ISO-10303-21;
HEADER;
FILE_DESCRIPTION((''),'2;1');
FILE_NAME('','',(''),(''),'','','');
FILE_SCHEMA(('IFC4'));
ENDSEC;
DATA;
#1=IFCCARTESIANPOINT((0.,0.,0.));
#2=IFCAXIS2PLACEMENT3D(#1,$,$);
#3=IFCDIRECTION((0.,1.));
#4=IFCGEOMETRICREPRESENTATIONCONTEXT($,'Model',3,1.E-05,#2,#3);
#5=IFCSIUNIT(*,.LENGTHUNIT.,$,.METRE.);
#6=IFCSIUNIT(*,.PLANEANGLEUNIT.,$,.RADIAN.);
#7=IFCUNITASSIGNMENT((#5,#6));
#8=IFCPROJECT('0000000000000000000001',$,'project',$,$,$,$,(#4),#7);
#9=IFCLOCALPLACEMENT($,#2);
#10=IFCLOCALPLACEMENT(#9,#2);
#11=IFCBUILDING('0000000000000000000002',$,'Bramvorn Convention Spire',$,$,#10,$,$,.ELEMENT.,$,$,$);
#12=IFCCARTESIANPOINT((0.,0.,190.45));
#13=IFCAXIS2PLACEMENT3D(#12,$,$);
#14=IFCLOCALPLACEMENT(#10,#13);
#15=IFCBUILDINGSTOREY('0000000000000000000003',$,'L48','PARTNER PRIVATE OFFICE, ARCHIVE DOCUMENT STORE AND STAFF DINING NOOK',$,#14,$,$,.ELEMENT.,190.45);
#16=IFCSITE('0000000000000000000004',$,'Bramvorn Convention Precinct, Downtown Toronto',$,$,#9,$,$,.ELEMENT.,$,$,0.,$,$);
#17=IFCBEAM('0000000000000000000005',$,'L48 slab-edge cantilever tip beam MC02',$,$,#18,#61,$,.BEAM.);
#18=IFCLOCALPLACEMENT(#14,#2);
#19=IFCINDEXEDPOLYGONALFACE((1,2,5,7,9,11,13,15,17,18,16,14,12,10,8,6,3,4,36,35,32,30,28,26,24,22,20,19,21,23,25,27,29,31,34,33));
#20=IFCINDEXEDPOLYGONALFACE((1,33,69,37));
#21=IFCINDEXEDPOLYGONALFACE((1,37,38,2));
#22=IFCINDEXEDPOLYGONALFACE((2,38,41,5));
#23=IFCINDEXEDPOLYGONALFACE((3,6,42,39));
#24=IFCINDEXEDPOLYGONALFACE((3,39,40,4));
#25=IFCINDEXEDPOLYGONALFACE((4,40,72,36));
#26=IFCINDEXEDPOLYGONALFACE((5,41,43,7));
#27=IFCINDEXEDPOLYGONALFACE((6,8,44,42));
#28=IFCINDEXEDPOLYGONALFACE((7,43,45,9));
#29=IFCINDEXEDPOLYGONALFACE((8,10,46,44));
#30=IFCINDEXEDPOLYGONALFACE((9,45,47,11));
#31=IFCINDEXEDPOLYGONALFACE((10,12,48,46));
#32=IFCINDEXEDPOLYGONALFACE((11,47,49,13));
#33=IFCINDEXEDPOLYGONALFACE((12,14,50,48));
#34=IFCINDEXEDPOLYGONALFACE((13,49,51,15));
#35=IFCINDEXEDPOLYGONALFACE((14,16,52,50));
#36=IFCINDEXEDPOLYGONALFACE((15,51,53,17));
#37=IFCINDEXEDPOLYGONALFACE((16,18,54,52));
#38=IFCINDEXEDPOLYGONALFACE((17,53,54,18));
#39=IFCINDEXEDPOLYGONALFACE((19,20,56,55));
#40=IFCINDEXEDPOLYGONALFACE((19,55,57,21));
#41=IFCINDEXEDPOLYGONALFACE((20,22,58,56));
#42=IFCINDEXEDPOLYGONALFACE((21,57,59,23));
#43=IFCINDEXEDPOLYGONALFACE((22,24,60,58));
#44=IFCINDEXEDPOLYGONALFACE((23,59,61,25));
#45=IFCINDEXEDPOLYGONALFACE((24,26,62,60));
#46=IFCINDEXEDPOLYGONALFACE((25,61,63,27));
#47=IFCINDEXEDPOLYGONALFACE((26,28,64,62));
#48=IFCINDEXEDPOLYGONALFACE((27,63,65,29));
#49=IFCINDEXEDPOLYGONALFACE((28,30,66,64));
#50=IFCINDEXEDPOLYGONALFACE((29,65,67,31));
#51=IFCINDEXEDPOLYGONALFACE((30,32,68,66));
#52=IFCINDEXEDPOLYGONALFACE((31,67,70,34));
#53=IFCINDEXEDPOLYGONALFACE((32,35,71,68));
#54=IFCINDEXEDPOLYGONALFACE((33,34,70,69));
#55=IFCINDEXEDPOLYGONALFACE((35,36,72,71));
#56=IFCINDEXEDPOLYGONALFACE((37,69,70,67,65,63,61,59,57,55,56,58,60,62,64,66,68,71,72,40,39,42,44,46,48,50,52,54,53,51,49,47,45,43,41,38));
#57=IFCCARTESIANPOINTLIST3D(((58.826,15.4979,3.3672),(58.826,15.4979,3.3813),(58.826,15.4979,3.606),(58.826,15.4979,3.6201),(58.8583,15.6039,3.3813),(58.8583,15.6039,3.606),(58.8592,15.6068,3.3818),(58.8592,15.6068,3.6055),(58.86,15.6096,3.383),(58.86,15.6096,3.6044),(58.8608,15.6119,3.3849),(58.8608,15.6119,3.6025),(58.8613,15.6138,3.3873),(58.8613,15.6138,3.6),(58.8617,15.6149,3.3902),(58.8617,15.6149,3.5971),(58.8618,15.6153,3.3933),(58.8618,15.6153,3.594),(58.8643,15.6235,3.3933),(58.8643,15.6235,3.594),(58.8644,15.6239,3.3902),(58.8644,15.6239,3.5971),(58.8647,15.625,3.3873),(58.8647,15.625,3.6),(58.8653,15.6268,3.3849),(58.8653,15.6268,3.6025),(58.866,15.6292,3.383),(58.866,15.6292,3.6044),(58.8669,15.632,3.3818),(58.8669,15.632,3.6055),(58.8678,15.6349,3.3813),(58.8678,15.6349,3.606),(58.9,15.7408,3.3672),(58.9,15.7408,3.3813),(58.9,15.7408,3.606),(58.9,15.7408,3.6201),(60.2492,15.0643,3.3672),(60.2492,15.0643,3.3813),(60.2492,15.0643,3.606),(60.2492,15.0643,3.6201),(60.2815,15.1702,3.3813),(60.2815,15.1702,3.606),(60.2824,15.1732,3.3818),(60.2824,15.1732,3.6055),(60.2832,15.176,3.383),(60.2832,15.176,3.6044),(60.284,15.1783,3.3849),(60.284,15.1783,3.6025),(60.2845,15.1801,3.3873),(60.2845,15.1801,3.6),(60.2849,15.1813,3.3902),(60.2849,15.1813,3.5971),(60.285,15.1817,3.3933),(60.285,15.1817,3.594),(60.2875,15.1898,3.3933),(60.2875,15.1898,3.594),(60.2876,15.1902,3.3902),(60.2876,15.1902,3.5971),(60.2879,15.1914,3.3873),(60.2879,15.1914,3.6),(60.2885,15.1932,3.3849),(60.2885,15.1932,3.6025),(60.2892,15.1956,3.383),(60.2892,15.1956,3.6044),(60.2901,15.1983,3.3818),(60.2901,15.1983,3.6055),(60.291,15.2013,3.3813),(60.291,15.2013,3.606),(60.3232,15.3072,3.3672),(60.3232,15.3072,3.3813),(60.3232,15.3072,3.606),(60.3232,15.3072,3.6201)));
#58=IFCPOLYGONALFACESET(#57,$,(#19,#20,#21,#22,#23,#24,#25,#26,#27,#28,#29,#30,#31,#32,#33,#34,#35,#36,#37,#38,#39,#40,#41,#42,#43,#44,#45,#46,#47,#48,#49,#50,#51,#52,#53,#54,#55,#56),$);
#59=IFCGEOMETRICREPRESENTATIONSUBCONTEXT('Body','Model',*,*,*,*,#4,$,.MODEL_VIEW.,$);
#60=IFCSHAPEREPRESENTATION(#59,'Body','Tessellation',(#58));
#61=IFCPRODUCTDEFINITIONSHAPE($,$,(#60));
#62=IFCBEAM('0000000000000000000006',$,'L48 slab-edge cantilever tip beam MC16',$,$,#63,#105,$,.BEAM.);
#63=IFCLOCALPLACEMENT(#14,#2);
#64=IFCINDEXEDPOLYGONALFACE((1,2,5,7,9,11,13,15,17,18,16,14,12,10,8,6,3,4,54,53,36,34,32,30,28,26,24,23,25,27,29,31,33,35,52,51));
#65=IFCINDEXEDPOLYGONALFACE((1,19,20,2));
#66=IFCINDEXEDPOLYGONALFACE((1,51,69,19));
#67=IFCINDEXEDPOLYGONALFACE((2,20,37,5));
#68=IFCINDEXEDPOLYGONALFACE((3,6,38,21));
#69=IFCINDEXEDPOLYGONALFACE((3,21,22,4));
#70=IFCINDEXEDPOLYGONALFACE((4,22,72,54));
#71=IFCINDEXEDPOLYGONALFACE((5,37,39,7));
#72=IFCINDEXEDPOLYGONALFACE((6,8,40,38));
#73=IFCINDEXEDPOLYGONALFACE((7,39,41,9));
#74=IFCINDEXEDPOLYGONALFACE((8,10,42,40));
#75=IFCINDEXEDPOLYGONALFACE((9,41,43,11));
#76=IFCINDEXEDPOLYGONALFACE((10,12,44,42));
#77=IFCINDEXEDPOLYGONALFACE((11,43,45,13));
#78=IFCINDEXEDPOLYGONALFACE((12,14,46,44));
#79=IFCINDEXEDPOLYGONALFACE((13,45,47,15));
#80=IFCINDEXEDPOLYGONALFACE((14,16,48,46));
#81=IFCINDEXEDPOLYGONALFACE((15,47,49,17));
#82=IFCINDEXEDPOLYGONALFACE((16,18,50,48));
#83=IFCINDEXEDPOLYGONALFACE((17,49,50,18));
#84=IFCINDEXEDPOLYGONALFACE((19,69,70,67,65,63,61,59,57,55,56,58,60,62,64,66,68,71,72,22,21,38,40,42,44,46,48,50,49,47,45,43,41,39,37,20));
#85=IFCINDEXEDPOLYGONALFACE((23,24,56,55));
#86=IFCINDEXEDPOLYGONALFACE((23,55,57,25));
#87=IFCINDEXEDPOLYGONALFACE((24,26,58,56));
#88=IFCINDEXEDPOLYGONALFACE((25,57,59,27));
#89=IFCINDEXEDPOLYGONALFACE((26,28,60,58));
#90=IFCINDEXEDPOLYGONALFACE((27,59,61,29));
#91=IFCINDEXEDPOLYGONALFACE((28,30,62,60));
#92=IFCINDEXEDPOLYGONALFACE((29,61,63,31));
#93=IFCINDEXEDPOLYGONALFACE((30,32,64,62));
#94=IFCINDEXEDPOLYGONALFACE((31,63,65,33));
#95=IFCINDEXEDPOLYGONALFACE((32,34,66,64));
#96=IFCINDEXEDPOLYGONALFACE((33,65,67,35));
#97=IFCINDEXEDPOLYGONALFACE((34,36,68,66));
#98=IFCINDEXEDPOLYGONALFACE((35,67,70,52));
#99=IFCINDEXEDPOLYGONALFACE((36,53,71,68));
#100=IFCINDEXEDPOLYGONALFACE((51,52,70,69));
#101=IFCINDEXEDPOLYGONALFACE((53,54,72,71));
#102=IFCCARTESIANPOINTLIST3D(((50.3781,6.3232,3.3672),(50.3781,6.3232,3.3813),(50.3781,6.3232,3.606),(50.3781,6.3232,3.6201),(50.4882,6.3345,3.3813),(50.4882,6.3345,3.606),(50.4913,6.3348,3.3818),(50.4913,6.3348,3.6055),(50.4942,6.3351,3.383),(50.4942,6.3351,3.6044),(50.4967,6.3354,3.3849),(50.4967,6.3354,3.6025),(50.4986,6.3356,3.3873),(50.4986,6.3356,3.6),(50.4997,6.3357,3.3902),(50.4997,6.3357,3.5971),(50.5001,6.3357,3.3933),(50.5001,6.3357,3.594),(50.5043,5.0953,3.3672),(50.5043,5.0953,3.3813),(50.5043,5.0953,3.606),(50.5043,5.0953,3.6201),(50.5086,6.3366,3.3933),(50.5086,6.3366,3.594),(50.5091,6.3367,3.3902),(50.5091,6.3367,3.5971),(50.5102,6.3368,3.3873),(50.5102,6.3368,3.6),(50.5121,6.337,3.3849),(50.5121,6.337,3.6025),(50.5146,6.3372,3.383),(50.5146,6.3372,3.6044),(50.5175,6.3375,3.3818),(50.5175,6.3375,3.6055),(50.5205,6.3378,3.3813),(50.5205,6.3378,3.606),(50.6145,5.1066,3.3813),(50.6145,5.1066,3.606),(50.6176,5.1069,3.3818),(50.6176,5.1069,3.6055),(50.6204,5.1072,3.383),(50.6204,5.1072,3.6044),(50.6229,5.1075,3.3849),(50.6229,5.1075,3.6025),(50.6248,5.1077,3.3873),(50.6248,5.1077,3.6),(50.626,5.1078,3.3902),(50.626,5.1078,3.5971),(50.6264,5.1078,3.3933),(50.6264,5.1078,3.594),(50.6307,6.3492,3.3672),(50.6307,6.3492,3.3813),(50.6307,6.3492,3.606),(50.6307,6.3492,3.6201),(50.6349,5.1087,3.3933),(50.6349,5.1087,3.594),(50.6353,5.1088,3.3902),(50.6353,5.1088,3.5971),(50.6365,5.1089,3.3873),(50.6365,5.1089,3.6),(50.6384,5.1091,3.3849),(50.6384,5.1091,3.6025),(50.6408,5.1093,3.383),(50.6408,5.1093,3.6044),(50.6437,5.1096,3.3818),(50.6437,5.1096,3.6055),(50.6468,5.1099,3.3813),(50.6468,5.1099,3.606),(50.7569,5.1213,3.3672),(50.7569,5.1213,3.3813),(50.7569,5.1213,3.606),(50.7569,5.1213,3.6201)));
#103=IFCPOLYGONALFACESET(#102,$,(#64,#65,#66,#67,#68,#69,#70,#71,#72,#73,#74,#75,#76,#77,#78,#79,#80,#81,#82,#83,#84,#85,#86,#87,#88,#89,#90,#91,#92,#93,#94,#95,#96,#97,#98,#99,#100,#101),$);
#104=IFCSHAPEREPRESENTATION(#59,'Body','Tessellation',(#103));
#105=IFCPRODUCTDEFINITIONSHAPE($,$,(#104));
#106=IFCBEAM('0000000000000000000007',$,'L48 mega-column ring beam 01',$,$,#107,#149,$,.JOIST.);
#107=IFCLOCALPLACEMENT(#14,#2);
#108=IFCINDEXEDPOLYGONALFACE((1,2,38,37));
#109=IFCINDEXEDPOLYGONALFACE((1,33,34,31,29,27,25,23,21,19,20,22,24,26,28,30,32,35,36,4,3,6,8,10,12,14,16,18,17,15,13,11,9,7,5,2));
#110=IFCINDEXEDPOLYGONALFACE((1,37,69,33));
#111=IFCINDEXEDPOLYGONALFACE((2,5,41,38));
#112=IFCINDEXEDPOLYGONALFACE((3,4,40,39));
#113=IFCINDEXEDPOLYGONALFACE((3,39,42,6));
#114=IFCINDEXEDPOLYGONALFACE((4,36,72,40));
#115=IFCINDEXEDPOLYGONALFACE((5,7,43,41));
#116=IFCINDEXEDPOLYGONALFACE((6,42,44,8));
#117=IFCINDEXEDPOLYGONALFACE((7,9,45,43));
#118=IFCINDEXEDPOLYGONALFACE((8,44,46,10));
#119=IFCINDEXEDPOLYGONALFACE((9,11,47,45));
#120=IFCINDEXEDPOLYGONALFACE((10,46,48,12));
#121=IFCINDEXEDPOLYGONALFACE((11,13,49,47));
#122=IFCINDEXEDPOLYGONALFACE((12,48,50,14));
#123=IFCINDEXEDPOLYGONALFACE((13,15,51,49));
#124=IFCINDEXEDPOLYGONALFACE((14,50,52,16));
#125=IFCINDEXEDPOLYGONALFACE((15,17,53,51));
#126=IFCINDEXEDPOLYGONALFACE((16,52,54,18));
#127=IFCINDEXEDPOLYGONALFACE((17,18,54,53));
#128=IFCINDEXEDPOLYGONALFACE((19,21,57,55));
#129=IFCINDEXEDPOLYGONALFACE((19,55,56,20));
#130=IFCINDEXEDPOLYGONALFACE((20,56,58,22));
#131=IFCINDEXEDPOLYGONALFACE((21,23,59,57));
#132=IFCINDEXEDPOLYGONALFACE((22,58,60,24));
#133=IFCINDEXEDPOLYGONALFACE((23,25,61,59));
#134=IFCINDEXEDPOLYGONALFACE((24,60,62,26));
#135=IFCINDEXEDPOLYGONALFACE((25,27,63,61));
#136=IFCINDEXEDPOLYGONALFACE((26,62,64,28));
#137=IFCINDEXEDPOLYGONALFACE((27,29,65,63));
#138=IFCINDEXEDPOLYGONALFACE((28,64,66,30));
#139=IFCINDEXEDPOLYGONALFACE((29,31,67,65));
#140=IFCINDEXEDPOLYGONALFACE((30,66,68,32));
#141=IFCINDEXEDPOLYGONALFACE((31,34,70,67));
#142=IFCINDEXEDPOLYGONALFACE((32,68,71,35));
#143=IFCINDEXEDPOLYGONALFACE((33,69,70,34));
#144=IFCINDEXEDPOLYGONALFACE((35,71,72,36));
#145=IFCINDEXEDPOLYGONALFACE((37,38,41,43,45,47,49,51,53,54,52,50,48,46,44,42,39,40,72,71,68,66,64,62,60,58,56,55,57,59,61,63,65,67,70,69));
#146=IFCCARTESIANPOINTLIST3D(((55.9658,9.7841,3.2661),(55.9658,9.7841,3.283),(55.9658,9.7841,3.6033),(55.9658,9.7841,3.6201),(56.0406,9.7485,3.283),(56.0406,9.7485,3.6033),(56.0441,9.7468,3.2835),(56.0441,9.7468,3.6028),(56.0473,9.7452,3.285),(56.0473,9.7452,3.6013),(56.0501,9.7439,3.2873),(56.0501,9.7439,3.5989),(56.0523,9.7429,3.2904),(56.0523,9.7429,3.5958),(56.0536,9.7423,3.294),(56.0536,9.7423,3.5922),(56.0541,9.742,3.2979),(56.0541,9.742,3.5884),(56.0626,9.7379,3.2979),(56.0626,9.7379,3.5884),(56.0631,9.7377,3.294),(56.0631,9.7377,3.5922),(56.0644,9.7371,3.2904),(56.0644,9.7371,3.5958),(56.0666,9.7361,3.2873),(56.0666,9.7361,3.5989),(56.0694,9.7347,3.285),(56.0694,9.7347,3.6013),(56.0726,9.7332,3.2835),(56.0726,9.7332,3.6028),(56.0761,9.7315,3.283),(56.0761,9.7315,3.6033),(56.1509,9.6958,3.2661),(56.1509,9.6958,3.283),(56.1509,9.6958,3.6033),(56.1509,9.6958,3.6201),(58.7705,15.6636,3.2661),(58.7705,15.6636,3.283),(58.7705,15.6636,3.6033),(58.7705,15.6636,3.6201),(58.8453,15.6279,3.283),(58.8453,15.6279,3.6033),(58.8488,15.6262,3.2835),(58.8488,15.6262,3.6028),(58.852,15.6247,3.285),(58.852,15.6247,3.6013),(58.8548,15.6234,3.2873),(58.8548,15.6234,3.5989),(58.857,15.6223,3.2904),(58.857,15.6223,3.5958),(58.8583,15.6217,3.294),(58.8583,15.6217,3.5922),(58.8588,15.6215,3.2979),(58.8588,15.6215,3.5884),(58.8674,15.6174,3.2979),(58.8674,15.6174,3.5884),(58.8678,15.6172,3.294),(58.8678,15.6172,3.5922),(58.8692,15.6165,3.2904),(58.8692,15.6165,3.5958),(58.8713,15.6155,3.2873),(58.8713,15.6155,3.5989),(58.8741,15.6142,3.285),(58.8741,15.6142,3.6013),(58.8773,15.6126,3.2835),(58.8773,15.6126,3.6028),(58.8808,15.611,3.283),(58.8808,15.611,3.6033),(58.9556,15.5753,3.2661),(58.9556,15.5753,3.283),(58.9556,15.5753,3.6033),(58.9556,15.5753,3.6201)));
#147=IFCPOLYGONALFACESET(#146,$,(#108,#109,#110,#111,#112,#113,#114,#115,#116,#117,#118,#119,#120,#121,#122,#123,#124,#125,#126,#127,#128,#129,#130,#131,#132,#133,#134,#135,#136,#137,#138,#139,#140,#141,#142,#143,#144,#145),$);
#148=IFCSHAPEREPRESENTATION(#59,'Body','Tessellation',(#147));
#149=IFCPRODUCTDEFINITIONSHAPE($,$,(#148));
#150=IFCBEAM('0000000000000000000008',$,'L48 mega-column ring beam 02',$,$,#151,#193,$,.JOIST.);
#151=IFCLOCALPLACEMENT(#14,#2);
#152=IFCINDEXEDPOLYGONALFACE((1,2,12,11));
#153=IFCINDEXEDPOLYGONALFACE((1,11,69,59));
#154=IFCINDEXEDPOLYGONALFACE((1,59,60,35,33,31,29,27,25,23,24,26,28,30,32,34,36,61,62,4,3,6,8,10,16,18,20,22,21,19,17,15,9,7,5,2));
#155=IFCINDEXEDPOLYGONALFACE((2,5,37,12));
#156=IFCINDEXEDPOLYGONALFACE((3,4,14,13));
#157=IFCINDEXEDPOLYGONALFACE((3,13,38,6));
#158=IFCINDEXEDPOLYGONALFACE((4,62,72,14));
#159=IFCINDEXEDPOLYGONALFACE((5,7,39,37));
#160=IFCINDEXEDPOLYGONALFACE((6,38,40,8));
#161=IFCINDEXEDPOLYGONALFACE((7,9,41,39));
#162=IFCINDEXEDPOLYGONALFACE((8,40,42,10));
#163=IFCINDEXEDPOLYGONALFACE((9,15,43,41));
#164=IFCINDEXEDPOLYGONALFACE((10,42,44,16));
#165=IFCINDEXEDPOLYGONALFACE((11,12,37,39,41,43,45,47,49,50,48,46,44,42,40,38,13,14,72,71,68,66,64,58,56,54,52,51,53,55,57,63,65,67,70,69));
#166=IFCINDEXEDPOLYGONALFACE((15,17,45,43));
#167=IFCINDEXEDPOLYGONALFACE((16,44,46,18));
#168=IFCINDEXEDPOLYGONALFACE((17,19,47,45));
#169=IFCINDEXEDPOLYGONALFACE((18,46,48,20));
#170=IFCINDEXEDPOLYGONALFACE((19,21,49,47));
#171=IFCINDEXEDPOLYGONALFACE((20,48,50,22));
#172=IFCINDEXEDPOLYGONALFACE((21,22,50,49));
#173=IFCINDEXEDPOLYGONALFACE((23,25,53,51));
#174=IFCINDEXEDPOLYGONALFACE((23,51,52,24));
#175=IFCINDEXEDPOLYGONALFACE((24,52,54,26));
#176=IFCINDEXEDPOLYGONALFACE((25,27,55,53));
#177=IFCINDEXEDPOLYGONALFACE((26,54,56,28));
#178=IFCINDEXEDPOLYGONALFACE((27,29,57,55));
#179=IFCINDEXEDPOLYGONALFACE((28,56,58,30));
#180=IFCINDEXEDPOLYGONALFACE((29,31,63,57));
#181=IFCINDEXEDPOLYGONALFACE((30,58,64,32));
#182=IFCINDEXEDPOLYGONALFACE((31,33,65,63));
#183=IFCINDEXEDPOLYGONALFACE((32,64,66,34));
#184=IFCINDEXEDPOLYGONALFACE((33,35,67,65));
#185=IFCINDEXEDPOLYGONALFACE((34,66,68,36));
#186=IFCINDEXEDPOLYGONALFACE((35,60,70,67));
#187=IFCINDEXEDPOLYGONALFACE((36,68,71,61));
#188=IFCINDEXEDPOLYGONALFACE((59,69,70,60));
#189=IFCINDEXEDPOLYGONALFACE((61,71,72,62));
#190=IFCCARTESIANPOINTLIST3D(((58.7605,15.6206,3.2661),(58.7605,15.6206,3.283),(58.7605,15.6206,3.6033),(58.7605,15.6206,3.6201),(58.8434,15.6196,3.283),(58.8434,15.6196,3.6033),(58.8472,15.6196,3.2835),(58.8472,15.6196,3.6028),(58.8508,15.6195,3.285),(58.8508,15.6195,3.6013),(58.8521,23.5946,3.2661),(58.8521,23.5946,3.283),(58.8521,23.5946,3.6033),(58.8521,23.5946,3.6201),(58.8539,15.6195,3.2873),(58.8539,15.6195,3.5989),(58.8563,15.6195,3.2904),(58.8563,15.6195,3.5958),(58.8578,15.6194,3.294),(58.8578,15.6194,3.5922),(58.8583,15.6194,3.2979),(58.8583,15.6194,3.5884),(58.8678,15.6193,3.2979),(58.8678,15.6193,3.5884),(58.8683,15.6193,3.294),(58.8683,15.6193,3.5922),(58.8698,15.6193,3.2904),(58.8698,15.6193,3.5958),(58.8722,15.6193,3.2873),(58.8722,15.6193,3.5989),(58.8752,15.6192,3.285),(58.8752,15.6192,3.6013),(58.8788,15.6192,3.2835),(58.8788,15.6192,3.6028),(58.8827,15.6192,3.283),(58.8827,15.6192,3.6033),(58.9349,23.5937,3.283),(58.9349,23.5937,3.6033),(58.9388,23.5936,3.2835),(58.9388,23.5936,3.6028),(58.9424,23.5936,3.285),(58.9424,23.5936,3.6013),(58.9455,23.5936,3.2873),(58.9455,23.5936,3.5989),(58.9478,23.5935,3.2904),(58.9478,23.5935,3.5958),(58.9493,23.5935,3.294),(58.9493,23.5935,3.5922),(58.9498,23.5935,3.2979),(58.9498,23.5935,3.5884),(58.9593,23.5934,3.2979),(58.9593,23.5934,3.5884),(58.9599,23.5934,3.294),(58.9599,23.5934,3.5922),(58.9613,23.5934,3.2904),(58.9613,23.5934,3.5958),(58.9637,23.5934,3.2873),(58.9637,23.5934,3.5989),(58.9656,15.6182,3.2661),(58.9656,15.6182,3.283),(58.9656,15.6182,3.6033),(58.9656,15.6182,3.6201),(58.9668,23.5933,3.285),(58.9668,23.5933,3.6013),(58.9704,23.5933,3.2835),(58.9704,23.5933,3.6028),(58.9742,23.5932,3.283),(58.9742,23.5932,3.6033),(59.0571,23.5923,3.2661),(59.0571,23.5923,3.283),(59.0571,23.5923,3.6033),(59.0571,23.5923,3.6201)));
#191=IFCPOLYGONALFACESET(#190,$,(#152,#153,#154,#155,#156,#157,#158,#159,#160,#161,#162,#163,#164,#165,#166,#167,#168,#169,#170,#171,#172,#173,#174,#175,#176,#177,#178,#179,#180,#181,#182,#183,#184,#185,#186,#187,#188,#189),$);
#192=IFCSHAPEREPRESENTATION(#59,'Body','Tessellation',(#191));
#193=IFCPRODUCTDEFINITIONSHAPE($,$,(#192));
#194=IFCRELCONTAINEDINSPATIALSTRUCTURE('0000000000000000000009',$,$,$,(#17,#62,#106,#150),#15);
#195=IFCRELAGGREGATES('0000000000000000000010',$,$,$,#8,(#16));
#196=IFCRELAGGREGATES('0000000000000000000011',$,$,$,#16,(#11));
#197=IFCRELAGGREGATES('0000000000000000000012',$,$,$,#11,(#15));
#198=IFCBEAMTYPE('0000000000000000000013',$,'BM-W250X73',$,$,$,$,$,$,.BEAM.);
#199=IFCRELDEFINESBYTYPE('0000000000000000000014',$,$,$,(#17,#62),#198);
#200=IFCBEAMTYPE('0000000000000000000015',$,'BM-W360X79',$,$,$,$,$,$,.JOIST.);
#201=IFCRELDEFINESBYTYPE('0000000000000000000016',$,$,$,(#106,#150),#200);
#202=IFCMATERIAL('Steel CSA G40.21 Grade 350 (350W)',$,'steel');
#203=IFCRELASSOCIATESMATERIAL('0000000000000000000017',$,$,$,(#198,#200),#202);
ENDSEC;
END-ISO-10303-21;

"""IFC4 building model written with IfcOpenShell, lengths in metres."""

from ifc_helpers import new_model, si_unit, direction, frame, origin, origin_2d, place, context, subcontext, project, spatial, i_section, extrude, material, material_profile, profile_set, type_object, element, save


model = new_model("IFC4")

# Units and contexts
model_context = context("Model", 3, precision=1e-05, world=origin(), true_north=direction((0.0, 1.0)))
body_context = subcontext(model_context, "Body", "Model", "MODEL_VIEW")
ifc_project = project(units=[si_unit("LENGTHUNIT", "METRE"), si_unit("PLANEANGLEUNIT", "RADIAN")], contexts=[model_context])

# Site, building, storey
site_placement = place(None, origin())
site = spatial("IfcSite", under=ifc_project, at=site_placement, Name="Bramvorn Convention Precinct, Downtown Toronto", CompositionType="ELEMENT", RefElevation=0.0)
building_placement = place(site_placement, origin())
building = spatial("IfcBuilding", under=site, at=building_placement, Name="Bramvorn Convention Spire", CompositionType="ELEMENT")
storey_placement = place(building_placement, frame((0.0, 0.0, 190.45)))
storey = spatial("IfcBuildingStorey", under=building, at=storey_placement, Name="L48", Description="PARTNER PRIVATE OFFICE, ARCHIVE DOCUMENT STORE AND STAFF DINING NOOK", CompositionType="ELEMENT", Elevation=190.45)

# Shared definitions
ifc_material_1 = material(Name="Steel CSA G40.21 Grade 350 (350W)", Category="steel")

# Beams
ifc_material_profile_1 = material_profile(ifc_material_1, i_section(OverallWidth=0.2539, OverallDepth=0.2529, WebThickness=0.0085, FlangeThickness=0.0142, FilletRadius=0.012, at=origin_2d()))
ifc_profile_set_1 = profile_set([ifc_material_profile_1], Name="Steel CSA G40.21 Grade 350 (350W) - W250X73")
beam_type_1 = type_object("IfcBeamType", Name="BM-W250X73", PredefinedType="BEAM", material=ifc_profile_set_1)
beam_1_placement = place(storey_placement, frame((58.863, 15.6194, 3.4937), z_axis=(0.956584, -0.291455, 0.0), x_axis=(0.291455, 0.956584, 0.0)))
element("IfcBeam", 1, at=beam_1_placement, inside=storey, type_object=beam_type_1, Name="L48 slab-edge cantilever tip beam MC02", PredefinedType="BEAM", context=body_context, shape_type="SweptSolid", body=[
    extrude(i_section(OverallWidth=0.2539, OverallDepth=0.2529, WebThickness=0.0085, FlangeThickness=0.0142, FilletRadius=0.012, at=origin_2d()), origin(), (0.0, 0.0, 1.0), 1.4878),
])
beam_2_placement = place(storey_placement, frame((50.5044, 6.3362, 3.4937), z_axis=(0.102265, -0.994757, 0.0), x_axis=(0.994757, 0.102265, 0.0)))
element("IfcBeam", 2, at=beam_2_placement, inside=storey, type_object=beam_type_1, Name="L48 slab-edge cantilever tip beam MC16", PredefinedType="BEAM", context=body_context, shape_type="SweptSolid", body=[
    extrude(i_section(OverallWidth=0.2539, OverallDepth=0.2529, WebThickness=0.0085, FlangeThickness=0.0142, FilletRadius=0.012, at=origin_2d()), origin(), (0.0, 0.0, 1.0), 1.2344),
])
ifc_material_profile_2 = material_profile(ifc_material_1, i_section(OverallWidth=0.2051, OverallDepth=0.354, WebThickness=0.0095, FlangeThickness=0.0168, FilletRadius=0.0149, at=origin_2d()))
ifc_profile_set_2 = profile_set([ifc_material_profile_2], Name="Steel CSA G40.21 Grade 350 (350W) - W360X79")
beam_type_2 = type_object("IfcBeamType", Name="BM-W360X79", PredefinedType="JOIST", material=ifc_profile_set_2)
beam_3_placement = place(storey_placement, frame((56.0583, 9.74, 3.4431), z_axis=(0.430556, 0.902564, 0.0), x_axis=(-0.902564, 0.430556, 0.0)))
element("IfcBeam", 3, at=beam_3_placement, inside=storey, type_object=beam_type_2, Name="L48 mega-column ring beam 01", PredefinedType="JOIST", context=body_context, shape_type="SweptSolid", body=[
    extrude(i_section(OverallWidth=0.2051, OverallDepth=0.354, WebThickness=0.0095, FlangeThickness=0.0168, FilletRadius=0.0149, at=origin_2d()), origin(), (0.0, 0.0, 1.0), 6.5142),
])
beam_4_placement = place(storey_placement, frame((58.863, 15.6194, 3.4431), z_axis=(0.01148, 0.999934, 0.0), x_axis=(-0.999934, 0.01148, 0.0)))
element("IfcBeam", 4, at=beam_4_placement, inside=storey, type_object=beam_type_2, Name="L48 mega-column ring beam 02", PredefinedType="JOIST", context=body_context, shape_type="SweptSolid", body=[
    extrude(i_section(OverallWidth=0.2051, OverallDepth=0.354, WebThickness=0.0095, FlangeThickness=0.0168, FilletRadius=0.0149, at=origin_2d()), origin(), (0.0, 0.0, 1.0), 7.9746),
])

save(model, "model.ifc")
